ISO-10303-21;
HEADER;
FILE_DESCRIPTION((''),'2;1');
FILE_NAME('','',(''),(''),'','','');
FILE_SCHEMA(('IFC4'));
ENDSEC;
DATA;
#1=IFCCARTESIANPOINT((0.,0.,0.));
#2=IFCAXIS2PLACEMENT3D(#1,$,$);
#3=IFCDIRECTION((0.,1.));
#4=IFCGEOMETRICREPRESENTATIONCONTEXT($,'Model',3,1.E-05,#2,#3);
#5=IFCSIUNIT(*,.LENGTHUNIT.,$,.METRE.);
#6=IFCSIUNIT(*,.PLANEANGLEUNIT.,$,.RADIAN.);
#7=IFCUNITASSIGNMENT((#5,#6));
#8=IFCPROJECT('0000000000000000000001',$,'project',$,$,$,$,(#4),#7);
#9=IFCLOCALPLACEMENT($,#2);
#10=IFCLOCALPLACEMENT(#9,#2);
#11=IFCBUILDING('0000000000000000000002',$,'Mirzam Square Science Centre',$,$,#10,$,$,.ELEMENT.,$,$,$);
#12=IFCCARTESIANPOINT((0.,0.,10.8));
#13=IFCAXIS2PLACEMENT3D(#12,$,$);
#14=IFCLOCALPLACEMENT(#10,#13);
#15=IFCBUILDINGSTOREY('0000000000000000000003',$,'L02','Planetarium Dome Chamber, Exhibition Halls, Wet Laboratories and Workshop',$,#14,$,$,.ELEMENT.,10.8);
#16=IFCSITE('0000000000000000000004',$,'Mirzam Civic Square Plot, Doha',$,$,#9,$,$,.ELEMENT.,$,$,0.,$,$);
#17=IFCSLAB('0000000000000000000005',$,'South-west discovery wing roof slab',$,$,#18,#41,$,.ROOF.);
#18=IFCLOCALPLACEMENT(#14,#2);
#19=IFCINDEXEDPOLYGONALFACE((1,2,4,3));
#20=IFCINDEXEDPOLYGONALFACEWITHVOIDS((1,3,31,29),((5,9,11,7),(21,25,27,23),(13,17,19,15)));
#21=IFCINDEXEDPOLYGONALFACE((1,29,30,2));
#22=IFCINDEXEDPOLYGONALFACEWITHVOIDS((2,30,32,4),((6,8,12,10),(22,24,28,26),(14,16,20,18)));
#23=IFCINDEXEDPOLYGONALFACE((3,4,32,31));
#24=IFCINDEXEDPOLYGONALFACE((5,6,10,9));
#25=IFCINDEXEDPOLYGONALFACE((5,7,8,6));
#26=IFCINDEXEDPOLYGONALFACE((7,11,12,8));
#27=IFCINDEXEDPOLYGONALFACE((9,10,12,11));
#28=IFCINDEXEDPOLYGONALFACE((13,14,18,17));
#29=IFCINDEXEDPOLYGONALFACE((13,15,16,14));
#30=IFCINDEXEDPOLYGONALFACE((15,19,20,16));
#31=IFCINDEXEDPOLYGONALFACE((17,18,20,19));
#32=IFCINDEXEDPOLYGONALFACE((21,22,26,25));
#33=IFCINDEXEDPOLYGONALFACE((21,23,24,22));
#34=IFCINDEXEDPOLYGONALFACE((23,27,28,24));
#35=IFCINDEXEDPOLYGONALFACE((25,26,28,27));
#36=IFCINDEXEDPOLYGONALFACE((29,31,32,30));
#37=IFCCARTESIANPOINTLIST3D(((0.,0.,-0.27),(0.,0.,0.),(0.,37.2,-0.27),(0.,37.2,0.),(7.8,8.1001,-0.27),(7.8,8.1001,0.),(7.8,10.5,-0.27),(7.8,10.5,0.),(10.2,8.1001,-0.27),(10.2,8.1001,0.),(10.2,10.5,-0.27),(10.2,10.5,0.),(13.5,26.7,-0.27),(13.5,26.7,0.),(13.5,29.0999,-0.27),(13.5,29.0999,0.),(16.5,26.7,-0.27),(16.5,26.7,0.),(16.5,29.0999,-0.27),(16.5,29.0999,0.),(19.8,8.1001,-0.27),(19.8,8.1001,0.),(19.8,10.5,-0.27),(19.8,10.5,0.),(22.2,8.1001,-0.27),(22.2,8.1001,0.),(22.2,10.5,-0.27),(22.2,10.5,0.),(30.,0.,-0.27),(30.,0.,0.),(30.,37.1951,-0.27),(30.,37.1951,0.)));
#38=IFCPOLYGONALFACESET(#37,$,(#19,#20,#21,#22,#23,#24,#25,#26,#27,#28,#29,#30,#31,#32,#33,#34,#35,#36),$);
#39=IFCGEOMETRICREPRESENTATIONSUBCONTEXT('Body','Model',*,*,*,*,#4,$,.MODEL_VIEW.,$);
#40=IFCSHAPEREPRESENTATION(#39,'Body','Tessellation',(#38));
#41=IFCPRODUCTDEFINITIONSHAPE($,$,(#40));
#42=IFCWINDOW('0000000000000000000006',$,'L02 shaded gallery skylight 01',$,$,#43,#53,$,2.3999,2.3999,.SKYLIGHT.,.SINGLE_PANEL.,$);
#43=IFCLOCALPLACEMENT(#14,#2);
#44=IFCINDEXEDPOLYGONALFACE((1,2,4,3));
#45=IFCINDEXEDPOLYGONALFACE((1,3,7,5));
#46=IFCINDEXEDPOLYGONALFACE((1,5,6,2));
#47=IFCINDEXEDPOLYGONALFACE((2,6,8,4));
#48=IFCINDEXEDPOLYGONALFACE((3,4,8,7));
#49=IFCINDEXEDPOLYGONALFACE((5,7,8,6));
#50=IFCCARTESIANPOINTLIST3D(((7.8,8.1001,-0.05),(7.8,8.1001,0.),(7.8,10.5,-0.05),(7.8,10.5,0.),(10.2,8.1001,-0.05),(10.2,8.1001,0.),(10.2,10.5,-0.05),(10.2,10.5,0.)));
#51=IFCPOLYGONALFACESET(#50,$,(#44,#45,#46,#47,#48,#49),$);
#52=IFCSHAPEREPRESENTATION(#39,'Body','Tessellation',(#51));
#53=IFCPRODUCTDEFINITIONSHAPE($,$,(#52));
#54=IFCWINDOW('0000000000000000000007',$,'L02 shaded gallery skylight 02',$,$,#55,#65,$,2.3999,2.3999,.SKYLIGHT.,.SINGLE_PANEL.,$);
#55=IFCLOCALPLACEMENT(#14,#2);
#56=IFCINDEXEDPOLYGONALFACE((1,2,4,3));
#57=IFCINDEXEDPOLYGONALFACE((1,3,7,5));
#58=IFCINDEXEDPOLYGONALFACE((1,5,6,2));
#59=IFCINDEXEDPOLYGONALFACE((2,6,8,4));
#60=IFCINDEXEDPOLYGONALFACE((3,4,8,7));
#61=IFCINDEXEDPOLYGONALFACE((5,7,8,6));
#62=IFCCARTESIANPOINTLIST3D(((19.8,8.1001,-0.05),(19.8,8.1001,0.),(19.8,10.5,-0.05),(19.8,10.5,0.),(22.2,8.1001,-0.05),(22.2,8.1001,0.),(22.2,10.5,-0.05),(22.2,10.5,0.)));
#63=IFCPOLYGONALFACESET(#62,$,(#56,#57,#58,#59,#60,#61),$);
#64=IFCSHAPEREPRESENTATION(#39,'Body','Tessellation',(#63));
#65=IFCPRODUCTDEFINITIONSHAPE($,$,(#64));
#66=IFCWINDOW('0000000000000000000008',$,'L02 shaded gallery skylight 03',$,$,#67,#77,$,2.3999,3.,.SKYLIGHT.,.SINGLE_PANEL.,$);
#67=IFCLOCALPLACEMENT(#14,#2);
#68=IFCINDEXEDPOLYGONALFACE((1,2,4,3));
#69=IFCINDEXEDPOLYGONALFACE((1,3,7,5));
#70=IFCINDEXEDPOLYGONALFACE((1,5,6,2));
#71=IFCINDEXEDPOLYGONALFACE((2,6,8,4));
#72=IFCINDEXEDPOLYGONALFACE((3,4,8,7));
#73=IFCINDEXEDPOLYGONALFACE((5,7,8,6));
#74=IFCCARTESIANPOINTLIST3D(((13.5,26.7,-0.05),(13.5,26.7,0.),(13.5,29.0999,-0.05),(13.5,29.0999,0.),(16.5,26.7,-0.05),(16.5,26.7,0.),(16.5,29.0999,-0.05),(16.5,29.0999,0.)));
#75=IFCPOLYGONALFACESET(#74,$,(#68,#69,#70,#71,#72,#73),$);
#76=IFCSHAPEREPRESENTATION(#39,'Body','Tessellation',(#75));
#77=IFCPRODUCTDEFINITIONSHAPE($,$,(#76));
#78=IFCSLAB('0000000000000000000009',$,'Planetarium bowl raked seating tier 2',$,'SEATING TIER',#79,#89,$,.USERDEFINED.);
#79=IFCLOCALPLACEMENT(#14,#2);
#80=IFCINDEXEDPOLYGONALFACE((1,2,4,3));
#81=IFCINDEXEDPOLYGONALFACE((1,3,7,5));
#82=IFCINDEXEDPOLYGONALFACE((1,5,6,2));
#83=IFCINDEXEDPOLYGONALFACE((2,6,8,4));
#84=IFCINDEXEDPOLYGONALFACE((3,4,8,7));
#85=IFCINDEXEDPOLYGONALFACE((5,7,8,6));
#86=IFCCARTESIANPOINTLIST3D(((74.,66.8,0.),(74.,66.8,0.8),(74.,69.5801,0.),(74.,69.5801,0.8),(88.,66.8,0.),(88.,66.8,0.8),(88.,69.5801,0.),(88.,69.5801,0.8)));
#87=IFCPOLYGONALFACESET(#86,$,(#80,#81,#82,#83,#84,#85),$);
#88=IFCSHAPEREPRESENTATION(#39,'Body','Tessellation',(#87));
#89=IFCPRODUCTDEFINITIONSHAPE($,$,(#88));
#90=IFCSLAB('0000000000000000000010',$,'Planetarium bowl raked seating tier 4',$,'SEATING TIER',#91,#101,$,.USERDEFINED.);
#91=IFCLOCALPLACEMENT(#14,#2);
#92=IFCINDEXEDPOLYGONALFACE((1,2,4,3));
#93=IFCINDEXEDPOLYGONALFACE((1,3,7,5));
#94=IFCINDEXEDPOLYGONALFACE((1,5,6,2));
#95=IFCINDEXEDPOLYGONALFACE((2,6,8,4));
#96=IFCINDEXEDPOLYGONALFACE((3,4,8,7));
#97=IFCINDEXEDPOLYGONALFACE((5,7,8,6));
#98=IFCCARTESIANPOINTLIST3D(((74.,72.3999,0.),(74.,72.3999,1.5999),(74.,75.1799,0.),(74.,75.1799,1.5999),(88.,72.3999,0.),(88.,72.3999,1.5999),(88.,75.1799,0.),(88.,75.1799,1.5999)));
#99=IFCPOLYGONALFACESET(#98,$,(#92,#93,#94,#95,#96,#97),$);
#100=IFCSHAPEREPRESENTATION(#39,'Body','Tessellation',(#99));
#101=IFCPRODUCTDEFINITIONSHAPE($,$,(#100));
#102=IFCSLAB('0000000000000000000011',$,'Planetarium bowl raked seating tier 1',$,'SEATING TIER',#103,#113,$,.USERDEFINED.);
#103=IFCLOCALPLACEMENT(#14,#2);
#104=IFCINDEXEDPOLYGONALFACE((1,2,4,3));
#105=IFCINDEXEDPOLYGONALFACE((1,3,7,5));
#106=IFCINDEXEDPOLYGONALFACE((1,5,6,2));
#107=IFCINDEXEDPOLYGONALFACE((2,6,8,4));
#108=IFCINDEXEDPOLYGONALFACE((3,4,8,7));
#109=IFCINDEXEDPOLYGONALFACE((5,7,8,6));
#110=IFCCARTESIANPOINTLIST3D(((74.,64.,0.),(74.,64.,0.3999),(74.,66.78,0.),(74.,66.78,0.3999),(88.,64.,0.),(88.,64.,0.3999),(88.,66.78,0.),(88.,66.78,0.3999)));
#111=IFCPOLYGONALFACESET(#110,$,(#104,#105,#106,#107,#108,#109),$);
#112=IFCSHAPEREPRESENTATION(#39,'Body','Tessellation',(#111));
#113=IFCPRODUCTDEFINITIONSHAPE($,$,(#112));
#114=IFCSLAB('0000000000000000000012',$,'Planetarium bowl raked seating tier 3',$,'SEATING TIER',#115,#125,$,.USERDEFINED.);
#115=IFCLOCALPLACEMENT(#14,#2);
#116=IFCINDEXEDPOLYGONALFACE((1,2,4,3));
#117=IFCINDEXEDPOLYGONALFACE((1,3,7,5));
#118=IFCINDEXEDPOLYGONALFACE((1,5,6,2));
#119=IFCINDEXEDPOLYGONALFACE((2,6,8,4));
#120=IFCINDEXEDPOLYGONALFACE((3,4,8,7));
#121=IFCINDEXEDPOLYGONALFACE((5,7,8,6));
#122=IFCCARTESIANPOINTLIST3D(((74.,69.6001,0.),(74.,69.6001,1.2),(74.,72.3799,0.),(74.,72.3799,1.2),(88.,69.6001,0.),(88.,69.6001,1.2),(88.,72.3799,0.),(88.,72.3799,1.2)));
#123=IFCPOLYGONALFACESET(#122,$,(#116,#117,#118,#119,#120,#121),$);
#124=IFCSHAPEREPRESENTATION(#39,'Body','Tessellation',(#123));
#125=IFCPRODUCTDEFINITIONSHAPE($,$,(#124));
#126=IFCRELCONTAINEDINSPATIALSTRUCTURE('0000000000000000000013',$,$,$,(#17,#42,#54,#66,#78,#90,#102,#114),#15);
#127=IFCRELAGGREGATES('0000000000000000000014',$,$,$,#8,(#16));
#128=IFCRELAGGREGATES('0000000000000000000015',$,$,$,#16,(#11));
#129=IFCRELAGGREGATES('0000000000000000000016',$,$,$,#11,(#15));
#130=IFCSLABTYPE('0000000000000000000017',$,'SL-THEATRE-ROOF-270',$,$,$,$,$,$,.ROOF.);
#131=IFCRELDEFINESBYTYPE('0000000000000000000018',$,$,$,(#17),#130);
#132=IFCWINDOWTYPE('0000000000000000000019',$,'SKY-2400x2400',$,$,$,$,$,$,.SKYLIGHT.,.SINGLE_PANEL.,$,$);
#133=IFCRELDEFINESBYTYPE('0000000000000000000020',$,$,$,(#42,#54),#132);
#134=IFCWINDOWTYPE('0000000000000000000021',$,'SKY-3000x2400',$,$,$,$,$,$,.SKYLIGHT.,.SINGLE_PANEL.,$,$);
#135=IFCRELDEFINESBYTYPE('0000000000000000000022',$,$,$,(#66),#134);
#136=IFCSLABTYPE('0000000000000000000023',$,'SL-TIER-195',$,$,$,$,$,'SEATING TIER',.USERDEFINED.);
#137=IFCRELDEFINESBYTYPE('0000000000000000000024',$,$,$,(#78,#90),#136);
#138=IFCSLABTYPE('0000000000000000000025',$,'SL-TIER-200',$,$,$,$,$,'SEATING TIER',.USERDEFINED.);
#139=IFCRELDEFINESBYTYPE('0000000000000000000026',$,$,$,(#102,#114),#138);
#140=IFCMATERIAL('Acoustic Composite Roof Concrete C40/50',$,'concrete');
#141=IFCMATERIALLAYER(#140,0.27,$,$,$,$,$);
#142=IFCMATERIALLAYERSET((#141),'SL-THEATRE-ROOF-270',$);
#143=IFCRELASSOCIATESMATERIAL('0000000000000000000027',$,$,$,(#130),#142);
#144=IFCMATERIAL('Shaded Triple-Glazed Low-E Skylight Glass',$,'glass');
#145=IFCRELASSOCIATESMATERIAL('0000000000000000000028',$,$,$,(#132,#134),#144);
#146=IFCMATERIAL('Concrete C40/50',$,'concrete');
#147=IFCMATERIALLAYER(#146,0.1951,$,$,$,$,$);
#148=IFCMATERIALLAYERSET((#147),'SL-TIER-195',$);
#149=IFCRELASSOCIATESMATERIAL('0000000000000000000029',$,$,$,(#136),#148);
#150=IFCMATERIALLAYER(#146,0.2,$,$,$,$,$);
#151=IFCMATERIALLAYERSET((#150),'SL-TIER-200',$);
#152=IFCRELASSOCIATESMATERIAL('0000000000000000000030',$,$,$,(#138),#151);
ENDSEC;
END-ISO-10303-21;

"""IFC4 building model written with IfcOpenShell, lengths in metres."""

from ifc_helpers import new_model, si_unit, direction, frame, origin, origin_2d, place, context, subcontext, project, spatial, polyline, rectangle, outline, extrude, material, layer, layer_set, type_object, element, fill, save


model = new_model("IFC4")

# Units and contexts
model_context = context("Model", 3, precision=1e-05, world=origin(), true_north=direction((0.0, 1.0)))
body_context = subcontext(model_context, "Body", "Model", "MODEL_VIEW")
ifc_project = project(units=[si_unit("LENGTHUNIT", "METRE"), si_unit("PLANEANGLEUNIT", "RADIAN")], contexts=[model_context])

# Site, building, storey
site_placement = place(None, origin())
site = spatial("IfcSite", under=ifc_project, at=site_placement, Name="Mirzam Civic Square Plot, Doha", CompositionType="ELEMENT", RefElevation=0.0)
building_placement = place(site_placement, origin())
building = spatial("IfcBuilding", under=site, at=building_placement, Name="Mirzam Square Science Centre", CompositionType="ELEMENT")
storey_placement = place(building_placement, frame((0.0, 0.0, 10.8)))
storey = spatial("IfcBuildingStorey", under=building, at=storey_placement, Name="L02", Description="Planetarium Dome Chamber, Exhibition Halls, Wet Laboratories and Workshop", CompositionType="ELEMENT", Elevation=10.8)

# Shared definitions
ifc_material_1 = material(Name="Concrete C40/50", Category="concrete")

# Slab, openings, windows
ifc_material_2 = material(Name="Acoustic Composite Roof Concrete C40/50", Category="concrete")
ifc_layer_1 = layer(ifc_material_2, 0.27)
ifc_layer_set_1 = layer_set([ifc_layer_1], Name="SL-THEATRE-ROOF-270")
slab_type_1 = type_object("IfcSlabType", Name="SL-THEATRE-ROOF-270", PredefinedType="ROOF", material=ifc_layer_set_1)
slab_1_placement = place(storey_placement, frame((0.0, 0.0, -0.27)))
slab_1 = element("IfcSlab", 1, at=slab_1_placement, inside=storey, type_object=slab_type_1, Name="South-west discovery wing roof slab", PredefinedType="ROOF", context=body_context, shape_type="SweptSolid", body=[
    extrude(outline(polyline([(30.0, 0.0), (0.0, 0.0), (0.0, 37.2), (30.0, 37.1951), (30.0, 0.0)])), origin(), (0.0, 0.0, 1.0), 0.27),
])
opening_1_placement = place(slab_1_placement, frame((9.0, 9.3, -0.01)))
opening_1 = element("IfcOpeningElement", 2, at=opening_1_placement, cuts=slab_1, PredefinedType="OPENING", context=body_context, shape_type="SweptSolid", body=[
    extrude(rectangle(XDim=2.3999, YDim=2.3999, at=origin_2d()), origin(), (0.0, 0.0, 1.0), 0.29),
])
opening_2_placement = place(slab_1_placement, frame((21.0, 9.3, -0.01)))
opening_2 = element("IfcOpeningElement", 3, at=opening_2_placement, cuts=slab_1, PredefinedType="OPENING", context=body_context, shape_type="SweptSolid", body=[
    extrude(rectangle(XDim=2.3999, YDim=2.3999, at=origin_2d()), origin(), (0.0, 0.0, 1.0), 0.29),
])
opening_3_placement = place(slab_1_placement, frame((15.0, 27.8999, -0.01)))
opening_3 = element("IfcOpeningElement", 4, at=opening_3_placement, cuts=slab_1, PredefinedType="OPENING", context=body_context, shape_type="SweptSolid", body=[
    extrude(rectangle(XDim=3.0, YDim=2.3999, at=origin_2d()), origin(), (0.0, 0.0, 1.0), 0.29),
])
ifc_material_3 = material(Name="Shaded Triple-Glazed Low-E Skylight Glass", Category="glass")
window_type_1 = type_object("IfcWindowType", Name="SKY-2400x2400", PartitioningType="SINGLE_PANEL", PredefinedType="SKYLIGHT", material=ifc_material_3)
window_1_placement = place(slab_1_placement, frame((9.0, 9.3, 0.22)))
window_1 = element("IfcWindow", 5, at=window_1_placement, inside=storey, type_object=window_type_1, Name="L02 shaded gallery skylight 01", OverallHeight=2.3999, OverallWidth=2.3999, PartitioningType="SINGLE_PANEL", PredefinedType="SKYLIGHT", context=body_context, shape_type="SweptSolid", body=[
    extrude(rectangle(XDim=2.3999, YDim=2.3999, at=origin_2d()), origin(), (0.0, 0.0, 1.0), 0.05),
])
fill(opening_1, window_1)
window_2_placement = place(slab_1_placement, frame((21.0, 9.3, 0.22)))
window_2 = element("IfcWindow", 6, at=window_2_placement, inside=storey, type_object=window_type_1, Name="L02 shaded gallery skylight 02", OverallHeight=2.3999, OverallWidth=2.3999, PartitioningType="SINGLE_PANEL", PredefinedType="SKYLIGHT", context=body_context, shape_type="SweptSolid", body=[
    extrude(rectangle(XDim=2.3999, YDim=2.3999, at=origin_2d()), origin(), (0.0, 0.0, 1.0), 0.05),
])
fill(opening_2, window_2)
window_type_2 = type_object("IfcWindowType", Name="SKY-3000x2400", PartitioningType="SINGLE_PANEL", PredefinedType="SKYLIGHT", material=ifc_material_3)
window_3_placement = place(slab_1_placement, frame((15.0, 27.8999, 0.22)))
window_3 = element("IfcWindow", 7, at=window_3_placement, inside=storey, type_object=window_type_2, Name="L02 shaded gallery skylight 03", OverallHeight=2.3999, OverallWidth=3.0, PartitioningType="SINGLE_PANEL", PredefinedType="SKYLIGHT", context=body_context, shape_type="SweptSolid", body=[
    extrude(rectangle(XDim=3.0, YDim=2.3999, at=origin_2d()), origin(), (0.0, 0.0, 1.0), 0.05),
])
fill(opening_3, window_3)

# Slabs
ifc_layer_2 = layer(ifc_material_1, 0.1951)
ifc_layer_set_2 = layer_set([ifc_layer_2], Name="SL-TIER-195")
slab_type_2 = type_object("IfcSlabType", Name="SL-TIER-195", ElementType="SEATING TIER", PredefinedType="USERDEFINED", material=ifc_layer_set_2)
slab_2_placement = place(storey_placement, origin())
element("IfcSlab", 8, at=slab_2_placement, inside=storey, type_object=slab_type_2, Name="Planetarium bowl raked seating tier 2", ObjectType="SEATING TIER", PredefinedType="USERDEFINED", context=body_context, shape_type="SweptSolid", body=[
    extrude(outline(polyline([(74.0, 66.8), (88.0, 66.8), (88.0, 69.5801), (74.0, 69.5801), (74.0, 66.8)])), origin(), (0.0, 0.0, 1.0), 0.8),
])
slab_3_placement = place(storey_placement, origin())
element("IfcSlab", 9, at=slab_3_placement, inside=storey, type_object=slab_type_2, Name="Planetarium bowl raked seating tier 4", ObjectType="SEATING TIER", PredefinedType="USERDEFINED", context=body_context, shape_type="SweptSolid", body=[
    extrude(outline(polyline([(74.0, 72.3999), (88.0, 72.3999), (88.0, 75.1799), (74.0, 75.1799), (74.0, 72.3999)])), origin(), (0.0, 0.0, 1.0), 1.5999),
])
ifc_layer_3 = layer(ifc_material_1, 0.2)
ifc_layer_set_3 = layer_set([ifc_layer_3], Name="SL-TIER-200")
slab_type_3 = type_object("IfcSlabType", Name="SL-TIER-200", ElementType="SEATING TIER", PredefinedType="USERDEFINED", material=ifc_layer_set_3)
slab_4_placement = place(storey_placement, origin())
element("IfcSlab", 10, at=slab_4_placement, inside=storey, type_object=slab_type_3, Name="Planetarium bowl raked seating tier 1", ObjectType="SEATING TIER", PredefinedType="USERDEFINED", context=body_context, shape_type="SweptSolid", body=[
    extrude(outline(polyline([(74.0, 64.0), (88.0, 64.0), (88.0, 66.78), (74.0, 66.78), (74.0, 64.0)])), origin(), (0.0, 0.0, 1.0), 0.3999),
])
slab_5_placement = place(storey_placement, origin())
element("IfcSlab", 11, at=slab_5_placement, inside=storey, type_object=slab_type_3, Name="Planetarium bowl raked seating tier 3", ObjectType="SEATING TIER", PredefinedType="USERDEFINED", context=body_context, shape_type="SweptSolid", body=[
    extrude(outline(polyline([(74.0, 69.6001), (88.0, 69.6001), (88.0, 72.3799), (74.0, 72.3799), (74.0, 69.6001)])), origin(), (0.0, 0.0, 1.0), 1.2),
])

save(model, "model.ifc")
